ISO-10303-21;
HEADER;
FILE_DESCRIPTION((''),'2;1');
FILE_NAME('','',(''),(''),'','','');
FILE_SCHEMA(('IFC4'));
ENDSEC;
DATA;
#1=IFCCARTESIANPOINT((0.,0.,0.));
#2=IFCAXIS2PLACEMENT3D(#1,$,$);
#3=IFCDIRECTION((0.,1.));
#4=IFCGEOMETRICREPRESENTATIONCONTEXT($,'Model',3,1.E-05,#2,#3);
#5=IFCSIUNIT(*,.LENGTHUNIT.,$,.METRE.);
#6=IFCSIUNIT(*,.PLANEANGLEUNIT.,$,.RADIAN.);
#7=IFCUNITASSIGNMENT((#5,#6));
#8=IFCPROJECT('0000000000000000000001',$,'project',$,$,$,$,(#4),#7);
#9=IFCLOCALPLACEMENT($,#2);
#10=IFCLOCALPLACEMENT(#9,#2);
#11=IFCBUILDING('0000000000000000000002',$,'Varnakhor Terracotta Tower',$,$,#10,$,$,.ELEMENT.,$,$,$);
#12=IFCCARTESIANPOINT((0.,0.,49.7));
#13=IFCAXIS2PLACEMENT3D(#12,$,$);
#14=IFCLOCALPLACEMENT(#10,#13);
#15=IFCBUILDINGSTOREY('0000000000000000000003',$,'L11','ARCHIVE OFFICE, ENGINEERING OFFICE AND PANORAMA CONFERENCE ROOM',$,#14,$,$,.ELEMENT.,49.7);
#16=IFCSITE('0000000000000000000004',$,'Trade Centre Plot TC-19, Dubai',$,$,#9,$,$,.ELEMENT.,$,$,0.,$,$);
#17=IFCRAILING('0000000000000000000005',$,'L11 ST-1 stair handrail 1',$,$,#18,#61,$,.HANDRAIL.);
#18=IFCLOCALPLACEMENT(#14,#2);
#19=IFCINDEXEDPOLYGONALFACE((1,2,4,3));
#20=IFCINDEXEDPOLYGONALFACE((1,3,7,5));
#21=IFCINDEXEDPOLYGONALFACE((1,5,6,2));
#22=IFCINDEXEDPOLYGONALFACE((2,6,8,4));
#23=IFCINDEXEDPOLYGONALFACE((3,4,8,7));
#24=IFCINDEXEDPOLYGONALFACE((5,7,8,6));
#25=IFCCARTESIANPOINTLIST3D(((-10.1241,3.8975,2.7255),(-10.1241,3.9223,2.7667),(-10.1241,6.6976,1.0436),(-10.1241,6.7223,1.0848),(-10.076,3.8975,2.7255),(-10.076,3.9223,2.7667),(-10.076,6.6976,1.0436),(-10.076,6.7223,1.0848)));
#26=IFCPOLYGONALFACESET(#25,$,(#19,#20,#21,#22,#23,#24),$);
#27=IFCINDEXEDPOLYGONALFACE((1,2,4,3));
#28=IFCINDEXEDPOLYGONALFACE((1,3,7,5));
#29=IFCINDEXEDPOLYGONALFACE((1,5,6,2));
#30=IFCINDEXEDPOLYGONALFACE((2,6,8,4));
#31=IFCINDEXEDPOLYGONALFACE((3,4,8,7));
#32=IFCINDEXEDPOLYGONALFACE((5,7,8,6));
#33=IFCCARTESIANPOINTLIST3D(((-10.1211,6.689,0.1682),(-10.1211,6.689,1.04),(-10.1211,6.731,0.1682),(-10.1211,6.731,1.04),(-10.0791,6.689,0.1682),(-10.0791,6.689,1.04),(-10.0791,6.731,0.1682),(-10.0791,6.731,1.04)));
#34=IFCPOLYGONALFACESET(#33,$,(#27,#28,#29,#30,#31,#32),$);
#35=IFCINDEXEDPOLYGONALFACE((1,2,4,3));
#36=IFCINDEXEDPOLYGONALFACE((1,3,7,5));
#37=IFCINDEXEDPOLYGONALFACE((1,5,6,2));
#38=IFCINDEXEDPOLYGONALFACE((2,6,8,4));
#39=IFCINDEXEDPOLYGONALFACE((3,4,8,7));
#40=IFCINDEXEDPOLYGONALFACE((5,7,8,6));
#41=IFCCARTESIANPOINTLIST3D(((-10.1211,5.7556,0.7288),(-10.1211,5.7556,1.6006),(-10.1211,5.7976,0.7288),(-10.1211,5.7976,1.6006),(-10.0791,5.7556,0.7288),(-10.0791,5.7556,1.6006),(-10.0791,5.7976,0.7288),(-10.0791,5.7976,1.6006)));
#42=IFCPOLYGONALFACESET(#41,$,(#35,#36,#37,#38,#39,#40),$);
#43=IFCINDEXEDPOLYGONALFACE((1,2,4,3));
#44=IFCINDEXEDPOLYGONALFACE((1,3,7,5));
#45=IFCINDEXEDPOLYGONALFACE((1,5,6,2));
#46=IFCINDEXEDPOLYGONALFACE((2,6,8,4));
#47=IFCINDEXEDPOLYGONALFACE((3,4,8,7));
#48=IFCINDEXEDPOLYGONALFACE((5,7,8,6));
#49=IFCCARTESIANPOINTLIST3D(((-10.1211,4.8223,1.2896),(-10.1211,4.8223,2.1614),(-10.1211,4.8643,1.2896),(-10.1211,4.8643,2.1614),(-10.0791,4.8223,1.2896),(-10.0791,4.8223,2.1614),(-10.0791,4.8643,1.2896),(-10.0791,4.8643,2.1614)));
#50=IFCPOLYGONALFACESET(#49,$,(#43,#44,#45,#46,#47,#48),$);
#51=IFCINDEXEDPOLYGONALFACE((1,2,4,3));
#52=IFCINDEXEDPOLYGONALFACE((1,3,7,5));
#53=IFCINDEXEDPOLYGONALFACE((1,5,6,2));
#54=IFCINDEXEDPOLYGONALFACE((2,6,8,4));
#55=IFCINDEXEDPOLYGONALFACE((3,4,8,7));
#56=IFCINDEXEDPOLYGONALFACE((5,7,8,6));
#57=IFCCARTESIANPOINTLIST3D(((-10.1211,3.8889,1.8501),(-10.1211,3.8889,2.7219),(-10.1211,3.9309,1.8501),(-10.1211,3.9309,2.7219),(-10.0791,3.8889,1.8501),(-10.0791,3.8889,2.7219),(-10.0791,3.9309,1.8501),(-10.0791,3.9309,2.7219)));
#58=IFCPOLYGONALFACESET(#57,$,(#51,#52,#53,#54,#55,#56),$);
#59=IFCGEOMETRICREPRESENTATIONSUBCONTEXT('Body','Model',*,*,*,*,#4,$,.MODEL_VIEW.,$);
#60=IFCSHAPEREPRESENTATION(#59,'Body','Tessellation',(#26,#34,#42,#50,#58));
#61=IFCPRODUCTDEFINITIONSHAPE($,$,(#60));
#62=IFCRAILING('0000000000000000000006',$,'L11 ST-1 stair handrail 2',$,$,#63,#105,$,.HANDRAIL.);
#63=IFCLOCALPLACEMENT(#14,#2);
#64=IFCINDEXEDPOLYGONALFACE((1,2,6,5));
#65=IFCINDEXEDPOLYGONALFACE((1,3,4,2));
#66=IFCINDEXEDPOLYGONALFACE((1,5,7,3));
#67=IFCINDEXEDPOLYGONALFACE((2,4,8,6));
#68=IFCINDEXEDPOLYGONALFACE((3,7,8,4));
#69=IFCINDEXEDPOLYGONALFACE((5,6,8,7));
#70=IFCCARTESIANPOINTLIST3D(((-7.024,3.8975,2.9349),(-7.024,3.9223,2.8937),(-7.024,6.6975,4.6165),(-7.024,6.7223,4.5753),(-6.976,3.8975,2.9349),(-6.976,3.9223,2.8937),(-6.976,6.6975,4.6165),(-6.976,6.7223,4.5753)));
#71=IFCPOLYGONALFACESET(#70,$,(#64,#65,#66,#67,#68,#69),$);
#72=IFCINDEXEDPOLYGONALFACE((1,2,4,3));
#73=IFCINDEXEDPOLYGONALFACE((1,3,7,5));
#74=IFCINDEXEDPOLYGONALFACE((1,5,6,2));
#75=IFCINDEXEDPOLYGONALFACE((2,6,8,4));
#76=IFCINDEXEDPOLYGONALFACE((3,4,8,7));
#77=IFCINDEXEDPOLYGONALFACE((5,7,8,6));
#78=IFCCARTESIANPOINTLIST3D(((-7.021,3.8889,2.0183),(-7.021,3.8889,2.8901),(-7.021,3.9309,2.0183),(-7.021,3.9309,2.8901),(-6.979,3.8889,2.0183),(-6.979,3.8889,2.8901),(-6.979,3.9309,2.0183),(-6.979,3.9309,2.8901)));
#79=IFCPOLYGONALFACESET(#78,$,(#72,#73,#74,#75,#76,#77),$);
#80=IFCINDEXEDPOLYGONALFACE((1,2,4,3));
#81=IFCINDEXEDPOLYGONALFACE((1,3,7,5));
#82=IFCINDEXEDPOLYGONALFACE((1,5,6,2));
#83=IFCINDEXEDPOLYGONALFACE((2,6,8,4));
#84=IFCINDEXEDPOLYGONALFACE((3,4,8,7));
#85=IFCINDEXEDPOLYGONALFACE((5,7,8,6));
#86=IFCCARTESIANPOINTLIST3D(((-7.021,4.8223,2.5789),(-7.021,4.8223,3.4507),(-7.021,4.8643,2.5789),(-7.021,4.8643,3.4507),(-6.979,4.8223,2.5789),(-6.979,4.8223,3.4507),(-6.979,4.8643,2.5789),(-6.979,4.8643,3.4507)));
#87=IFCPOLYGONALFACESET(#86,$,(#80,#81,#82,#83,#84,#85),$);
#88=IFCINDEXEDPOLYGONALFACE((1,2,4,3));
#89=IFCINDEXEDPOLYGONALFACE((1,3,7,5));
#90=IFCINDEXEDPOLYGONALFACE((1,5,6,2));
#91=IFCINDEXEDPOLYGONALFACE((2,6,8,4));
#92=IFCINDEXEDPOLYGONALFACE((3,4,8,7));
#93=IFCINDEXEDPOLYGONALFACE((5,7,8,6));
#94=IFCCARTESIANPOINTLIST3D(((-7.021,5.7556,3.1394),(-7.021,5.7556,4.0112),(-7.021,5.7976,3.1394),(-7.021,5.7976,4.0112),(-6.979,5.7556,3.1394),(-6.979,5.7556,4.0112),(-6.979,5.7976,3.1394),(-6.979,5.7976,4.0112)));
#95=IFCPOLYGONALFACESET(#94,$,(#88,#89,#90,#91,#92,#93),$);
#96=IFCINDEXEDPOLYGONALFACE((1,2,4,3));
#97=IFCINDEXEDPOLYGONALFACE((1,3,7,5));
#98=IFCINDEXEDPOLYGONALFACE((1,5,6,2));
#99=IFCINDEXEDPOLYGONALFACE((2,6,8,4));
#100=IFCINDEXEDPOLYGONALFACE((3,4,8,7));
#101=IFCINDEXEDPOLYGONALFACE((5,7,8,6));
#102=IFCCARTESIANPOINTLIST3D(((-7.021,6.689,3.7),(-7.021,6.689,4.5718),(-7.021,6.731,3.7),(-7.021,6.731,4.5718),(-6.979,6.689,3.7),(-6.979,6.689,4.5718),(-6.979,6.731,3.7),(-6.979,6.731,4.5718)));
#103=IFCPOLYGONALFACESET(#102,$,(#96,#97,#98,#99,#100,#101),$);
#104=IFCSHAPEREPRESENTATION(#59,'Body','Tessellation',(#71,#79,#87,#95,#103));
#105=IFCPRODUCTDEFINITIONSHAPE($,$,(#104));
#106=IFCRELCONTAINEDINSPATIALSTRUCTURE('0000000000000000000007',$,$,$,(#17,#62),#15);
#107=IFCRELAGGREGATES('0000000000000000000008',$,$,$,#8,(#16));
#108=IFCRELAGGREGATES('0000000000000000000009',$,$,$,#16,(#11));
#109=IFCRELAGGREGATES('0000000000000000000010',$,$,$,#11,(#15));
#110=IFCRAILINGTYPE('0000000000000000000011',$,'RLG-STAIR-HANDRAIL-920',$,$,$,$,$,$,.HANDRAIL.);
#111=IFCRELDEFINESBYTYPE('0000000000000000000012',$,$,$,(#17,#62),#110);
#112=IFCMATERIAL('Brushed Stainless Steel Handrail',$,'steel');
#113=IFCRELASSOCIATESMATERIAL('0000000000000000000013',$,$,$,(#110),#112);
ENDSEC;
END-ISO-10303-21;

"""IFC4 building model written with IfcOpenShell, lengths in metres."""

from ifc_helpers import new_model, si_unit, direction, frame, origin, origin_2d, place, context, subcontext, project, spatial, rectangle, extrude, material, type_object, element, save


model = new_model("IFC4")

# Units and contexts
model_context = context("Model", 3, precision=1e-05, world=origin(), true_north=direction((0.0, 1.0)))
body_context = subcontext(model_context, "Body", "Model", "MODEL_VIEW")
ifc_project = project(units=[si_unit("LENGTHUNIT", "METRE"), si_unit("PLANEANGLEUNIT", "RADIAN")], contexts=[model_context])

# Site, building, storey
site_placement = place(None, origin())
site = spatial("IfcSite", under=ifc_project, at=site_placement, Name="Trade Centre Plot TC-19, Dubai", CompositionType="ELEMENT", RefElevation=0.0)
building_placement = place(site_placement, origin())
building = spatial("IfcBuilding", under=site, at=building_placement, Name="Varnakhor Terracotta Tower", CompositionType="ELEMENT")
storey_placement = place(building_placement, frame((0.0, 0.0, 49.7)))
storey = spatial("IfcBuildingStorey", under=building, at=storey_placement, Name="L11", Description="ARCHIVE OFFICE, ENGINEERING OFFICE AND PANORAMA CONFERENCE ROOM", CompositionType="ELEMENT", Elevation=49.7)

# Railings
ifc_material_1 = material(Name="Brushed Stainless Steel Handrail", Category="steel")
railing_type_1 = type_object("IfcRailingType", Name="RLG-STAIR-HANDRAIL-920", PredefinedType="HANDRAIL", material=ifc_material_1)
railing_1_placement = place(storey_placement, frame((-10.1001, 6.71, 0.1682)))
element("IfcRailing", 1, at=railing_1_placement, inside=storey, type_object=railing_type_1, Name="L11 ST-1 stair handrail 1", PredefinedType="HANDRAIL", context=body_context, shape_type="SweptSolid", body=[
    extrude(rectangle(XDim=0.0481, YDim=0.0481, at=origin_2d()), frame((0.0, 0.0, 0.896), z_axis=(0.0, -0.857242, 0.514913), x_axis=(1.0, 0.0, 0.0)), (0.0, 0.0, 1.0), 3.2664),
    extrude(rectangle(XDim=0.042, YDim=0.042, at=origin_2d()), origin(), (0.0, 0.0, 1.0), 0.8718),
    extrude(rectangle(XDim=0.042, YDim=0.042, at=origin_2d()), frame((0.0, -0.9333, 0.5605)), (0.0, 0.0, 1.0), 0.8718),
    extrude(rectangle(XDim=0.042, YDim=0.042, at=origin_2d()), frame((0.0, -1.8667, 1.1213)), (0.0, 0.0, 1.0), 0.8718),
    extrude(rectangle(XDim=0.042, YDim=0.042, at=origin_2d()), frame((0.0, -2.8, 1.6819)), (0.0, 0.0, 1.0), 0.8718),
])
railing_2_placement = place(storey_placement, frame((-7.0, 3.9099, 2.0183)))
element("IfcRailing", 2, at=railing_2_placement, inside=storey, type_object=railing_type_1, Name="L11 ST-1 stair handrail 2", PredefinedType="HANDRAIL", context=body_context, shape_type="SweptSolid", body=[
    extrude(rectangle(XDim=0.0481, YDim=0.0481, at=origin_2d()), frame((0.0, 0.0, 0.896), z_axis=(0.0, 0.857275, 0.514858), x_axis=(-1.0, 0.0, 0.0)), (0.0, 0.0, 1.0), 3.2661),
    extrude(rectangle(XDim=0.042, YDim=0.042, at=origin_2d()), origin(), (0.0, 0.0, 1.0), 0.8718),
    extrude(rectangle(XDim=0.042, YDim=0.042, at=origin_2d()), frame((0.0, 0.9333, 0.5605)), (0.0, 0.0, 1.0), 0.8718),
    extrude(rectangle(XDim=0.042, YDim=0.042, at=origin_2d()), frame((0.0, 1.8667, 1.1211)), (0.0, 0.0, 1.0), 0.8718),
    extrude(rectangle(XDim=0.042, YDim=0.042, at=origin_2d()), frame((0.0, 2.8, 1.6816)), (0.0, 0.0, 1.0), 0.8718),
])

save(model, "model.ifc")
